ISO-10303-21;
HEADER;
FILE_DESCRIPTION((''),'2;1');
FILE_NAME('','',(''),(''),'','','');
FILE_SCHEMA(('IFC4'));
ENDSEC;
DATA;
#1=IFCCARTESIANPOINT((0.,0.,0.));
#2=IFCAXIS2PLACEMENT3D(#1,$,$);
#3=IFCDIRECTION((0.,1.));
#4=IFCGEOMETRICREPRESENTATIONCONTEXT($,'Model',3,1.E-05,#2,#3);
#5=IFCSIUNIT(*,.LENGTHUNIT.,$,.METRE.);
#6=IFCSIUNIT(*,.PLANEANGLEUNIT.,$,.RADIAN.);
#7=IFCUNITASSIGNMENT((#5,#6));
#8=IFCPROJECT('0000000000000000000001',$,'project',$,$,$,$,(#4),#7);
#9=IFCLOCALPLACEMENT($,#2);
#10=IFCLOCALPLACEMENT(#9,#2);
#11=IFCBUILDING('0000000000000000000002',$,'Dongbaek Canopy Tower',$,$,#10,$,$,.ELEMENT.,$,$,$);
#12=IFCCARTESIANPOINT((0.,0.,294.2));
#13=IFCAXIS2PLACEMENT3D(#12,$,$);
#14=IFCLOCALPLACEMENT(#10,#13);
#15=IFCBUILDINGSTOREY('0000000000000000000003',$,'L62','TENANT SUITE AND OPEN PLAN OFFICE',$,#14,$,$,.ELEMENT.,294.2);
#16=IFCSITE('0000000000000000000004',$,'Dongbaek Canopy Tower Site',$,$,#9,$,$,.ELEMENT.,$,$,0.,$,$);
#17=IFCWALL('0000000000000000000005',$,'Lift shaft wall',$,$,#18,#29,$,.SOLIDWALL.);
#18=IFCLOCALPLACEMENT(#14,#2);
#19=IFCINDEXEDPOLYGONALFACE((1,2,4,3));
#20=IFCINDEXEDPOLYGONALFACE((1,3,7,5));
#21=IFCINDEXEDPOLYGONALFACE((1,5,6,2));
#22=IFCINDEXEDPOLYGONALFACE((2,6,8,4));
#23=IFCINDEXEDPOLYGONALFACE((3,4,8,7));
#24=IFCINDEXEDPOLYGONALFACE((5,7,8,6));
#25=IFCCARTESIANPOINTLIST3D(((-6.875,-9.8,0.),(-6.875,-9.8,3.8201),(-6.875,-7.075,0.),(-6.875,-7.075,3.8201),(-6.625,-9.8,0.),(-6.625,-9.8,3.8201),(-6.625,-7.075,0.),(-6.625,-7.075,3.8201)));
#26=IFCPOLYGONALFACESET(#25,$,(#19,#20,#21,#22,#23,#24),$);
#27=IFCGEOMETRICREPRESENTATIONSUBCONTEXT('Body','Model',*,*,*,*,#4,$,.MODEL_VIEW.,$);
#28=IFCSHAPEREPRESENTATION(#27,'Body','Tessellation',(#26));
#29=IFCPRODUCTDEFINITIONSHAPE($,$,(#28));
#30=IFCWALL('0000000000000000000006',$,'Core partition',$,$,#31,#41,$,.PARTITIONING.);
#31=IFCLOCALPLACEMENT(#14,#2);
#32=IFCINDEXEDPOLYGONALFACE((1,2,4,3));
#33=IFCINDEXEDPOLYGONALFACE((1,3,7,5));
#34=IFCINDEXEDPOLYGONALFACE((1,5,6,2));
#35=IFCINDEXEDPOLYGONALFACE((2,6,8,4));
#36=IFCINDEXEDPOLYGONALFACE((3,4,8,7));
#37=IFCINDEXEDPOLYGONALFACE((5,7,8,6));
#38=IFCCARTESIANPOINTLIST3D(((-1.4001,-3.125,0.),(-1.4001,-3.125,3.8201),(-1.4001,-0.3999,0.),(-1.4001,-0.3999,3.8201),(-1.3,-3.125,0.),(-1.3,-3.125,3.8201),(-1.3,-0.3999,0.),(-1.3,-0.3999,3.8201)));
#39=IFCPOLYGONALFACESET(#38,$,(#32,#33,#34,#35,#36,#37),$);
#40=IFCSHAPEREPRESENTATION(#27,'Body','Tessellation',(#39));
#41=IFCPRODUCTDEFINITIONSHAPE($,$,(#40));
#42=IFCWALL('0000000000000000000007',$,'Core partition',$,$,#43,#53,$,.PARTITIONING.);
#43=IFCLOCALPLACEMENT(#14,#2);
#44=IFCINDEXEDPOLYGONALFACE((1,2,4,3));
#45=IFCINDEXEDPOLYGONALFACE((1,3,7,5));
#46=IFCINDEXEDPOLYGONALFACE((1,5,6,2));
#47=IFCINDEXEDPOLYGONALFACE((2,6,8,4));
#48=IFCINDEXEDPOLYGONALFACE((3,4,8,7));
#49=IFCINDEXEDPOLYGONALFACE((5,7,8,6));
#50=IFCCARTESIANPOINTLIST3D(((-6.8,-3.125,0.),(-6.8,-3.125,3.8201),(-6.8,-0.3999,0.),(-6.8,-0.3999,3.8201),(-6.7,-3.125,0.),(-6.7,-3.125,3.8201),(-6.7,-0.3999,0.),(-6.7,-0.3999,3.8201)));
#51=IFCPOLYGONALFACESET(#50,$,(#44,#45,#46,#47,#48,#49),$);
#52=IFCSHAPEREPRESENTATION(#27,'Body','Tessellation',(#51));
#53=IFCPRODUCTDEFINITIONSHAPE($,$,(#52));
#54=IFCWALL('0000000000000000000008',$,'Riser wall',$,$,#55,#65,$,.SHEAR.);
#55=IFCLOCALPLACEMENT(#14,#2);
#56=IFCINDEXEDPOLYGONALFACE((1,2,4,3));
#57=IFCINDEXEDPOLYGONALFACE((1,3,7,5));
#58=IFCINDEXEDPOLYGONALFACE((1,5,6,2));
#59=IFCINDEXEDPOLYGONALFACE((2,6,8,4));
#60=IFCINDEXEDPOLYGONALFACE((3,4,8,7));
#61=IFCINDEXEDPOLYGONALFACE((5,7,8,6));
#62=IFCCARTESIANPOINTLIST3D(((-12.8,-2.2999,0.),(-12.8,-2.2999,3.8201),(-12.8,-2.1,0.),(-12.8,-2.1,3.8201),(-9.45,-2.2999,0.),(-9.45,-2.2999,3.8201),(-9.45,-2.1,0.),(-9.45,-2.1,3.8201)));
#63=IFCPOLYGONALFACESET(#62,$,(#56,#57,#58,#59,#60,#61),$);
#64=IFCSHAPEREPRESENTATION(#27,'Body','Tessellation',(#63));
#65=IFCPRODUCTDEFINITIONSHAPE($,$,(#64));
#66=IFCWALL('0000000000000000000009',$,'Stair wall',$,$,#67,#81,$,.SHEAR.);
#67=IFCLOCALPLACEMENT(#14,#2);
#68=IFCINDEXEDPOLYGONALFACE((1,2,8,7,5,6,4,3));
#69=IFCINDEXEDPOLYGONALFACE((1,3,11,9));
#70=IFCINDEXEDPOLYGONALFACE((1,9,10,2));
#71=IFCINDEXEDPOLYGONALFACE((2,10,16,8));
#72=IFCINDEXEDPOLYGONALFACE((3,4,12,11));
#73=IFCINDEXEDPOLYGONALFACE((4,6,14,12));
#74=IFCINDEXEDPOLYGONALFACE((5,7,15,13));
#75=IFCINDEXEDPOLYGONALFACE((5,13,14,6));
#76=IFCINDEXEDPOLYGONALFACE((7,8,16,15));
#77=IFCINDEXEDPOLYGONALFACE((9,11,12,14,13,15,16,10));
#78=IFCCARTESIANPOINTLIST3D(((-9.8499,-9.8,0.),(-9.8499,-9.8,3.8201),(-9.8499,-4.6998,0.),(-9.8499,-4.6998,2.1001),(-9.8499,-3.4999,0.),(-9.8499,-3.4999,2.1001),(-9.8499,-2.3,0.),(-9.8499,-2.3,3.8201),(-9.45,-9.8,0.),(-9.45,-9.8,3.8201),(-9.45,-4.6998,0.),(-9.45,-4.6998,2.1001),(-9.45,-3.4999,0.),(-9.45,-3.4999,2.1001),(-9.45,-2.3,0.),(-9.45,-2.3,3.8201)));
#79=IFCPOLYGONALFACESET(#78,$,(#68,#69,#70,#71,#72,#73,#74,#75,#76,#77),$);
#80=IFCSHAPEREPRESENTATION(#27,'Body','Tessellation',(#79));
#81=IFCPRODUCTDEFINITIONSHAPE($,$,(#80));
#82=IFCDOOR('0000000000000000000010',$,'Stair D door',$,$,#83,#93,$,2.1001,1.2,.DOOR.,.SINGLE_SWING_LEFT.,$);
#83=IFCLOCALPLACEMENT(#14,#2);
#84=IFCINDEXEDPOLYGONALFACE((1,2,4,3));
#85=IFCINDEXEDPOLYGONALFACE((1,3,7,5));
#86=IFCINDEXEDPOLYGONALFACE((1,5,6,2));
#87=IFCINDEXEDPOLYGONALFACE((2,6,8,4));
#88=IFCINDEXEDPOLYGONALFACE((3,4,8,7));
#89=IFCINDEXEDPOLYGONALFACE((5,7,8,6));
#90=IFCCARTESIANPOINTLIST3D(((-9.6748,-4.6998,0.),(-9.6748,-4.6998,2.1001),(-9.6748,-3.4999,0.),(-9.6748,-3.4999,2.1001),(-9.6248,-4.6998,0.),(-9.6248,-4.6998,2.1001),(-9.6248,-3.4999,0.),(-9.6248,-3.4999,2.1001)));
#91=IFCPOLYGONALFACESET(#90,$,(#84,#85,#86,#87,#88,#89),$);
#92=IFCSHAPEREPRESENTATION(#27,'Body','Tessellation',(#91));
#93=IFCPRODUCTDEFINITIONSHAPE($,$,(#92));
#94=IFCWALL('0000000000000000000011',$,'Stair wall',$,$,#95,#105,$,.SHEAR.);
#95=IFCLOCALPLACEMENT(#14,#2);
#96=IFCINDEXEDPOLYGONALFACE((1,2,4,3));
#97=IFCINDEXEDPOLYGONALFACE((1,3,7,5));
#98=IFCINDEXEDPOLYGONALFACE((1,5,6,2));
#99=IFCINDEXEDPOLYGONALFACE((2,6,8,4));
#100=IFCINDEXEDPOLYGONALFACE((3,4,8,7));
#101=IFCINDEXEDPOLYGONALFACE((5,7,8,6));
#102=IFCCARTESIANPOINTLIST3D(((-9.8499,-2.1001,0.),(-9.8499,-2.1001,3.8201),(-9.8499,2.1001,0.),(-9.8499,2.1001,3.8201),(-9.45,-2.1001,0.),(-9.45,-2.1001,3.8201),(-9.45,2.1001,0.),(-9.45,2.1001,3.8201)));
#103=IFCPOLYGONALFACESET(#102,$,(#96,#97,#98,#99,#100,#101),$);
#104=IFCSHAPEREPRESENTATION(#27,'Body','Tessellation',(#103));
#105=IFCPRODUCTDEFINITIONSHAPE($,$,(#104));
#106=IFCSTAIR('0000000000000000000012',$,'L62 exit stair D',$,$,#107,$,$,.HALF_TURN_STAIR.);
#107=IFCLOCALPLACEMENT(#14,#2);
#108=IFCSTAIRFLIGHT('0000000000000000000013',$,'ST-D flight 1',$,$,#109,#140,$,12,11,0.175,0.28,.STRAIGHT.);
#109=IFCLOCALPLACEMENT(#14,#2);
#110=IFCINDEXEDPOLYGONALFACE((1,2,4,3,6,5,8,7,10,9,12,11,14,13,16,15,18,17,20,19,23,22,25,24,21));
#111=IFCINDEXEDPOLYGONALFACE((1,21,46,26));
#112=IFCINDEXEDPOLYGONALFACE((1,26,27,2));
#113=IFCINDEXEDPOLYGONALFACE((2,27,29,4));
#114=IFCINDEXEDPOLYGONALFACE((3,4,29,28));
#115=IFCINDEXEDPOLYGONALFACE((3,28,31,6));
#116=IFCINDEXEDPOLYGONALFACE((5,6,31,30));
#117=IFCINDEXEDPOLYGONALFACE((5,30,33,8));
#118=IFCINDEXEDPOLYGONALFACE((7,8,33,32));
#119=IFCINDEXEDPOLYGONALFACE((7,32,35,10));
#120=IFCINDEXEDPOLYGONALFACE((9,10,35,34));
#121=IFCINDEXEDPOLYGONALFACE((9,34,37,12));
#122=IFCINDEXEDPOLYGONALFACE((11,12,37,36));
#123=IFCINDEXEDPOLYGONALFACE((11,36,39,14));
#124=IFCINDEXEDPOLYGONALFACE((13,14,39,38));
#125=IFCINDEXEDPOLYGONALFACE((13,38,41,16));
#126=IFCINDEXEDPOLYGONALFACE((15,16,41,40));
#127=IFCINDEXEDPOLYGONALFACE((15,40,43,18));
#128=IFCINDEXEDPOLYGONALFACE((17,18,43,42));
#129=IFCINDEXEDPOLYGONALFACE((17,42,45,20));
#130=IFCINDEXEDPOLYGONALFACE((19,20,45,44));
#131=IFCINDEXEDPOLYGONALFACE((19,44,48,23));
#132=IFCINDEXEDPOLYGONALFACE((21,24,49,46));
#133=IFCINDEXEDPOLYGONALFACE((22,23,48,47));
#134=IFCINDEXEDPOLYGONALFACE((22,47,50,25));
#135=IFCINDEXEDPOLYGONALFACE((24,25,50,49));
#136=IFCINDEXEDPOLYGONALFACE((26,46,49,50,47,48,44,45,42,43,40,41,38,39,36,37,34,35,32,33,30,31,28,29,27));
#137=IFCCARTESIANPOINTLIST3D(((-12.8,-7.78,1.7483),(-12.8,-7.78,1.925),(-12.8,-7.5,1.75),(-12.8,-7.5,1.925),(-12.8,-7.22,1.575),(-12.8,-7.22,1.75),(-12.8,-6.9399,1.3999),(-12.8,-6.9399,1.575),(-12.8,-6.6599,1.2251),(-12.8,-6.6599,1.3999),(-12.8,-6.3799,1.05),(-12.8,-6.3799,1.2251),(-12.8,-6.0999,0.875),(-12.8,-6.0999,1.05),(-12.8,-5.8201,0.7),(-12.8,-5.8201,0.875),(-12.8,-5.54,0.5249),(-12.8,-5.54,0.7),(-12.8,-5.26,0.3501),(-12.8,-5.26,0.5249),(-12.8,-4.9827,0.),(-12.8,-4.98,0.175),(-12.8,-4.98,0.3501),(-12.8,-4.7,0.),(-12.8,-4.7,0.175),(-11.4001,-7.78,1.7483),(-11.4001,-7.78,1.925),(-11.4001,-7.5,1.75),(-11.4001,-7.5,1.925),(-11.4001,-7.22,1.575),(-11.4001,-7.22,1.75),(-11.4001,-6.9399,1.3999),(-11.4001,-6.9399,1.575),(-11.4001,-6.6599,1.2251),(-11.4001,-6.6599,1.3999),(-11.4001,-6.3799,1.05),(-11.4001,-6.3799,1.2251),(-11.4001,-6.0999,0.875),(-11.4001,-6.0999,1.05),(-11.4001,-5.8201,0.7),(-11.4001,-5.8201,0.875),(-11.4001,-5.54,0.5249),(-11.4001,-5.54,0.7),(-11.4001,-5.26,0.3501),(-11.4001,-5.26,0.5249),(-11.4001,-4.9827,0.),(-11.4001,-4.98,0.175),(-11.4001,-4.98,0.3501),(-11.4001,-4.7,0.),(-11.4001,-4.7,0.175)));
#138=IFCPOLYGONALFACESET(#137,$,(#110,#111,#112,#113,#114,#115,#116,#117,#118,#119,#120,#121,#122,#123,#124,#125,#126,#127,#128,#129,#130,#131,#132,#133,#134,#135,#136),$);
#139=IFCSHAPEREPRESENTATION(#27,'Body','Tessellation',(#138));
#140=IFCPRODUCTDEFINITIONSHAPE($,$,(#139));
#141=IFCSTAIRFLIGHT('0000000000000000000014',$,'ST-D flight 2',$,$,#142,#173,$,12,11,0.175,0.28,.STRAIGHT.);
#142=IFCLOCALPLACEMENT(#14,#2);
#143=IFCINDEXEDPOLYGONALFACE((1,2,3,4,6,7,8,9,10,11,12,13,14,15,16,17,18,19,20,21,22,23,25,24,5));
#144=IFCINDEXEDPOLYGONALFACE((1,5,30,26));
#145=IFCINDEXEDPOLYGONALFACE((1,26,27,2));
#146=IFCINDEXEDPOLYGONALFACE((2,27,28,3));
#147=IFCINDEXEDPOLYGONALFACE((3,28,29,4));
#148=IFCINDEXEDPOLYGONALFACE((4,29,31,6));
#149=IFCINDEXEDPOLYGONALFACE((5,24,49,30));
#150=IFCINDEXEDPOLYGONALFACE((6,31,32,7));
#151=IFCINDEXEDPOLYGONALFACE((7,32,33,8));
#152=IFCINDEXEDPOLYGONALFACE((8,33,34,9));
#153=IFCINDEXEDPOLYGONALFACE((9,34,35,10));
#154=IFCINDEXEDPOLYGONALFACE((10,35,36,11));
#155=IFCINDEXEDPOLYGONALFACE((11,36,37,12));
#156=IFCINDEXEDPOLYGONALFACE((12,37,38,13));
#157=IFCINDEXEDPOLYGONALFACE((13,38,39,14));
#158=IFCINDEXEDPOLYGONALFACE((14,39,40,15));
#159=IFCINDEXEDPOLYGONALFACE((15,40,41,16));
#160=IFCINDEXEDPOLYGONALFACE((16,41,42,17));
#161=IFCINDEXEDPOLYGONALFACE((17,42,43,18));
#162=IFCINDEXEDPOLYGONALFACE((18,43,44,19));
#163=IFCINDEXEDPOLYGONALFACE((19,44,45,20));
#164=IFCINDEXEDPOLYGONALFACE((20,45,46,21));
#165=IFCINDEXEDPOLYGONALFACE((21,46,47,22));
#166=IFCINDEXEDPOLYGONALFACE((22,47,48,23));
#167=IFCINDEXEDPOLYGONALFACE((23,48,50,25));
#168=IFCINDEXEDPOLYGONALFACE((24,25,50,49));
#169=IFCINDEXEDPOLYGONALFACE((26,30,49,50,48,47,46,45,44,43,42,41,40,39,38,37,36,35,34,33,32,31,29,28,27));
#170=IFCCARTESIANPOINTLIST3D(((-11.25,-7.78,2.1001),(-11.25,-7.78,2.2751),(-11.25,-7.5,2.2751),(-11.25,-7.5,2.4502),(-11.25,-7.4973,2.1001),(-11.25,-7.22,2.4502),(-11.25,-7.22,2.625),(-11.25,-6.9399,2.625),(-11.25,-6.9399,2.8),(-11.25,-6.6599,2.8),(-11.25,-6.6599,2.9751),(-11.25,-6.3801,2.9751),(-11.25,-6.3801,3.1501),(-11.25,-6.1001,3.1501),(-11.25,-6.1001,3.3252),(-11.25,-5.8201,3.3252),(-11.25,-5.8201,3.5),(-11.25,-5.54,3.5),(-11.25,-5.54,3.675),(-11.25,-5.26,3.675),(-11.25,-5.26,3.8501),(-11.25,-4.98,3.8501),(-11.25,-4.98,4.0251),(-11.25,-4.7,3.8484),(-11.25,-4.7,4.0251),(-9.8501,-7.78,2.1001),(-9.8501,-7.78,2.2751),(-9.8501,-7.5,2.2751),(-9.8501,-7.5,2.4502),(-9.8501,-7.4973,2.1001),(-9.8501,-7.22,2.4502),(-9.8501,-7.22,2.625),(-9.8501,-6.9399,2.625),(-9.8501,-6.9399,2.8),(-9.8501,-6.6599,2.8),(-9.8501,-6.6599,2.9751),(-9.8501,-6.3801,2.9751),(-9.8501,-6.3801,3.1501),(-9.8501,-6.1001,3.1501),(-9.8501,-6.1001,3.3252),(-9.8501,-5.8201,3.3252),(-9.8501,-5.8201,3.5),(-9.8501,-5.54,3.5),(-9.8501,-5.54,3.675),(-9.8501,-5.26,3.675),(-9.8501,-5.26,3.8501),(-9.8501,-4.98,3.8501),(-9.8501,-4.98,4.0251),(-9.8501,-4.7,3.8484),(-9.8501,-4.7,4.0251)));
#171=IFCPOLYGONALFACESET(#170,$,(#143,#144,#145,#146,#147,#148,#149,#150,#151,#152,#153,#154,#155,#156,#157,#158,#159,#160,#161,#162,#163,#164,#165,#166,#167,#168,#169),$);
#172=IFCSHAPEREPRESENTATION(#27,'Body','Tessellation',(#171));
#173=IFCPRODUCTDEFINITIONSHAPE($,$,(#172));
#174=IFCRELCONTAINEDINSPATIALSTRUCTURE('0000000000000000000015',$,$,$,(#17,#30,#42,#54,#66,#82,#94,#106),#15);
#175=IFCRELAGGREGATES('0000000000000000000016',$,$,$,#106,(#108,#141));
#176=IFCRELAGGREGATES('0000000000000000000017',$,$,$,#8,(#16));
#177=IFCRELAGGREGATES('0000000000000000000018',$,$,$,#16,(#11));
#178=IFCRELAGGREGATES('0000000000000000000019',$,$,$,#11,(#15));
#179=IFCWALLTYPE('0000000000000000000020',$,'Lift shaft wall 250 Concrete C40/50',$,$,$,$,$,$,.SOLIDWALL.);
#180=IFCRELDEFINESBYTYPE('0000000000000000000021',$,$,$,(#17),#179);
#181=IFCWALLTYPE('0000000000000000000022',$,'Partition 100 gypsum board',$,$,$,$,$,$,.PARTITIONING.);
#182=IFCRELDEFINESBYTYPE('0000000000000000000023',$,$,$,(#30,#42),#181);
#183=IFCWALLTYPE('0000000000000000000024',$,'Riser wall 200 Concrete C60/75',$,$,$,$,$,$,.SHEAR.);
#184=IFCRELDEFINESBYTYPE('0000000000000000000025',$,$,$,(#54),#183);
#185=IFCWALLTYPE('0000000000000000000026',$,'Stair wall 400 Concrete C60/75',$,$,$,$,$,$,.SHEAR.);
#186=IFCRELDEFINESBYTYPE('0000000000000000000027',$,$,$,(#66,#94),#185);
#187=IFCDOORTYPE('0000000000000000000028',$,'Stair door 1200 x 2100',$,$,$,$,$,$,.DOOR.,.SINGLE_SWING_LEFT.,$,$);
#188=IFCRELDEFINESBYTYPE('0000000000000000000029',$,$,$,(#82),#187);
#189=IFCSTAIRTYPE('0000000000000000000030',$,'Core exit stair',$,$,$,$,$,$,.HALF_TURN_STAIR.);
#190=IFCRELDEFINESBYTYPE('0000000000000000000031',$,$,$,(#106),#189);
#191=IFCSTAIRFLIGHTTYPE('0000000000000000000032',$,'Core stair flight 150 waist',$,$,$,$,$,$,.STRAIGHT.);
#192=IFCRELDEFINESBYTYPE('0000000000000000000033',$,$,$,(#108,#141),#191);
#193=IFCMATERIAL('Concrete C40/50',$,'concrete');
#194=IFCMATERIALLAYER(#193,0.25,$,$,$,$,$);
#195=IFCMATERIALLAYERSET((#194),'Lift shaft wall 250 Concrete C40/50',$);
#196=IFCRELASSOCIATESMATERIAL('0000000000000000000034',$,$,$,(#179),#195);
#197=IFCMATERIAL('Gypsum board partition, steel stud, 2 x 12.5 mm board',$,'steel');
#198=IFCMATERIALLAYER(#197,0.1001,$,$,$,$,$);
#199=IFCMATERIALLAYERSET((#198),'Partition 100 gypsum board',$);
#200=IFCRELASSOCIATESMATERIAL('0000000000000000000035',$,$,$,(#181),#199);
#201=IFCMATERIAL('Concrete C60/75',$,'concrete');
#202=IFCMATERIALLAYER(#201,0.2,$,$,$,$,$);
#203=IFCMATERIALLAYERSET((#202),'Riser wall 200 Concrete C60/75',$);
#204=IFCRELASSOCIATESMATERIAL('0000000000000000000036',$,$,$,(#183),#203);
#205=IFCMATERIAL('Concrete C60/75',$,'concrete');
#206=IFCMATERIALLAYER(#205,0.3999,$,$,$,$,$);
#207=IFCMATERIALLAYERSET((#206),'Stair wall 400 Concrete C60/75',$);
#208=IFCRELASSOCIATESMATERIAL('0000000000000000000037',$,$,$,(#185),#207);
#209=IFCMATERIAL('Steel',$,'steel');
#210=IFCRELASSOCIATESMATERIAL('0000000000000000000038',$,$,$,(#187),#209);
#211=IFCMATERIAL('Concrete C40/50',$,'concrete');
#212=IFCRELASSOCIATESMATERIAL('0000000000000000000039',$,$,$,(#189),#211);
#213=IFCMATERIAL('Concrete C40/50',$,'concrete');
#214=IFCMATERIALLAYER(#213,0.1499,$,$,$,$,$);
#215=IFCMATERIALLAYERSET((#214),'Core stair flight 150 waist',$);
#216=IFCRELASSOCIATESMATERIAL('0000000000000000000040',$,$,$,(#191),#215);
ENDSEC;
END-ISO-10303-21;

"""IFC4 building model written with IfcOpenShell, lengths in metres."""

from ifc_helpers import new_model, si_unit, direction, frame, frame_2d, origin, place, context, subcontext, project, spatial, polyline, rectangle, outline, extrude, material, layer, layer_set, type_object, element, fill, aggregate, save


model = new_model("IFC4")

# Units and contexts
model_context = context("Model", 3, precision=1e-05, world=origin(), true_north=direction((0.0, 1.0)))
body_context = subcontext(model_context, "Body", "Model", "MODEL_VIEW")
ifc_project = project(units=[si_unit("LENGTHUNIT", "METRE"), si_unit("PLANEANGLEUNIT", "RADIAN")], contexts=[model_context])

# Site, building, storey
site_placement = place(None, origin())
site = spatial("IfcSite", under=ifc_project, at=site_placement, Name="Dongbaek Canopy Tower Site", CompositionType="ELEMENT", RefElevation=0.0)
building_placement = place(site_placement, origin())
building = spatial("IfcBuilding", under=site, at=building_placement, Name="Dongbaek Canopy Tower", CompositionType="ELEMENT")
storey_placement = place(building_placement, frame((0.0, 0.0, 294.2)))
storey = spatial("IfcBuildingStorey", under=building, at=storey_placement, Name="L62", Description="TENANT SUITE AND OPEN PLAN OFFICE", CompositionType="ELEMENT", Elevation=294.2)

# Walls
ifc_material_1 = material(Name="Concrete C40/50", Category="concrete")
ifc_layer_1 = layer(ifc_material_1, 0.25)
ifc_layer_set_1 = layer_set([ifc_layer_1], Name="Lift shaft wall 250 Concrete C40/50")
wall_type_1 = type_object("IfcWallType", Name="Lift shaft wall 250 Concrete C40/50", PredefinedType="SOLIDWALL", material=ifc_layer_set_1)
for number, where, z_axis, x_axis, name in (
    (1, (-6.75, -9.8, 0.0), (0.0, 0.0, 1.0), (0.0, 1.0, 0.0), "Lift shaft wall"),
):
    element("IfcWall", number, at=place(storey_placement, frame(where, z_axis=z_axis, x_axis=x_axis)), inside=storey, type_object=wall_type_1, Name=name, PredefinedType="SOLIDWALL", context=body_context, shape_type="SweptSolid", body=[
        extrude(rectangle(XDim=2.7251, YDim=0.25, at=frame_2d((1.3625, 0.0))), origin(), (0.0, 0.0, 1.0), 3.8201),
    ])
ifc_material_2 = material(Name="Gypsum board partition, steel stud, 2 x 12.5 mm board", Category="steel")
ifc_layer_2 = layer(ifc_material_2, 0.1001)
ifc_layer_set_2 = layer_set([ifc_layer_2], Name="Partition 100 gypsum board")
wall_type_2 = type_object("IfcWallType", Name="Partition 100 gypsum board", PredefinedType="PARTITIONING", material=ifc_layer_set_2)
for number, where, z_axis, x_axis, name in (
    (2, (-1.3501, -3.125, 0.0), (0.0, 0.0, 1.0), (0.0, 1.0, 0.0), "Core partition"),
    (3, (-6.75, -3.125, 0.0), (0.0, 0.0, 1.0), (0.0, 1.0, 0.0), "Core partition"),
):
    element("IfcWall", number, at=place(storey_placement, frame(where, z_axis=z_axis, x_axis=x_axis)), inside=storey, type_object=wall_type_2, Name=name, PredefinedType="PARTITIONING", context=body_context, shape_type="SweptSolid", body=[
        extrude(rectangle(XDim=2.7251, YDim=0.1001, at=frame_2d((1.3625, 0.0))), origin(), (0.0, 0.0, 1.0), 3.8201),
    ])
ifc_material_3 = material(Name="Concrete C60/75", Category="concrete")
ifc_layer_3 = layer(ifc_material_3, 0.2)
ifc_layer_set_3 = layer_set([ifc_layer_3], Name="Riser wall 200 Concrete C60/75")
wall_type_3 = type_object("IfcWallType", Name="Riser wall 200 Concrete C60/75", PredefinedType="SHEAR", material=ifc_layer_set_3)
wall_1_placement = place(storey_placement, frame((-9.45, -2.2, 0.0), z_axis=(0.0, 0.0, 1.0), x_axis=(-1.0, 0.0, 0.0)))
element("IfcWall", 4, at=wall_1_placement, inside=storey, type_object=wall_type_3, Name="Riser wall", PredefinedType="SHEAR", context=body_context, shape_type="SweptSolid", body=[
    extrude(rectangle(XDim=3.3501, YDim=0.2, at=frame_2d((1.675, 0.0))), origin(), (0.0, 0.0, 1.0), 3.8201),
])

# Wall, opening, door
ifc_material_4 = material(Name="Concrete C60/75", Category="concrete")
ifc_layer_4 = layer(ifc_material_4, 0.3999)
ifc_layer_set_4 = layer_set([ifc_layer_4], Name="Stair wall 400 Concrete C60/75")
wall_type_4 = type_object("IfcWallType", Name="Stair wall 400 Concrete C60/75", PredefinedType="SHEAR", material=ifc_layer_set_4)
wall_2_placement = place(storey_placement, frame((-9.6499, -9.8, 0.0), z_axis=(0.0, 0.0, 1.0), x_axis=(0.0, 1.0, 0.0)))
wall_2 = element("IfcWall", 5, at=wall_2_placement, inside=storey, type_object=wall_type_4, Name="Stair wall", PredefinedType="SHEAR", context=body_context, shape_type="SweptSolid", body=[
    extrude(rectangle(XDim=7.5, YDim=0.3999, at=frame_2d((3.75, 0.0))), origin(), (0.0, 0.0, 1.0), 3.8201),
])
opening_1_placement = place(wall_2_placement, frame((5.1001, 0.0, 0.0)))
opening_1 = element("IfcOpeningElement", 6, at=opening_1_placement, cuts=wall_2, PredefinedType="OPENING", context=body_context, shape_type="SweptSolid", body=[
    extrude(rectangle(XDim=1.2, YDim=2.1001, at=frame_2d((0.6001, 1.05))), frame((0.0, 0.21, 0.0), z_axis=(0.0, -1.0, 0.0), x_axis=(1.0, 0.0, 0.0)), (0.0, 0.0, 1.0), 0.4199),
])
ifc_material_5 = material(Name="Steel", Category="steel")
door_type_1 = type_object("IfcDoorType", Name="Stair door 1200 x 2100", OperationType="SINGLE_SWING_LEFT", PredefinedType="DOOR", material=ifc_material_5)
door_1_placement = place(opening_1_placement, origin())
door_1 = element("IfcDoor", 7, at=door_1_placement, inside=storey, type_object=door_type_1, Name="Stair D door", OperationType="SINGLE_SWING_LEFT", OverallHeight=2.1001, OverallWidth=1.2, PredefinedType="DOOR", context=body_context, shape_type="SweptSolid", body=[
    extrude(rectangle(XDim=1.2, YDim=2.1001, at=frame_2d((0.6001, 1.05))), frame((0.0, 0.0249, 0.0), z_axis=(0.0, -1.0, 0.0), x_axis=(1.0, 0.0, 0.0)), (0.0, 0.0, 1.0), 0.05),
])
fill(opening_1, door_1)

# Wall
wall_3_placement = place(storey_placement, frame((-9.6499, -2.1001, 0.0), z_axis=(0.0, 0.0, 1.0), x_axis=(0.0, 1.0, 0.0)))
element("IfcWall", 8, at=wall_3_placement, inside=storey, type_object=wall_type_4, Name="Stair wall", PredefinedType="SHEAR", context=body_context, shape_type="SweptSolid", body=[
    extrude(rectangle(XDim=4.2002, YDim=0.3999, at=frame_2d((2.1001, 0.0))), origin(), (0.0, 0.0, 1.0), 3.8201),
])

# Stair, stair flights
ifc_material_6 = material(Name="Concrete C40/50", Category="concrete")
stair_type = type_object("IfcStairType", Name="Core exit stair", PredefinedType="HALF_TURN_STAIR", material=ifc_material_6)
stair_placement = place(storey_placement, origin())
stair = element("IfcStair", 9, at=stair_placement, inside=storey, type_object=stair_type, Name="L62 exit stair D", PredefinedType="HALF_TURN_STAIR")
ifc_material_7 = material(Name="Concrete C40/50", Category="concrete")
ifc_layer_5 = layer(ifc_material_7, 0.1499)
ifc_layer_set_5 = layer_set([ifc_layer_5], Name="Core stair flight 150 waist")
stair_flight_type = type_object("IfcStairFlightType", Name="Core stair flight 150 waist", PredefinedType="STRAIGHT", material=ifc_layer_set_5)
stair_flight_1_placement = place(storey_placement, frame((-12.1001, -4.7, 0.0), z_axis=(0.0, 0.0, 1.0), x_axis=(0.0, -1.0, 0.0)))
stair_flight_1 = element("IfcStairFlight", 10, at=stair_flight_1_placement, type_object=stair_flight_type, Name="ST-D flight 1", NumberOfRisers=12, NumberOfTreads=11, PredefinedType="STRAIGHT", RiserHeight=0.175, TreadLength=0.28, context=body_context, shape_type="SweptSolid", body=[
    extrude(outline(polyline([(0.0, 0.0), (0.0, 0.175), (0.28, 0.175), (0.28, 0.3501), (0.5601, 0.3501), (0.5601, 0.5249), (0.8401, 0.5249), (0.8401, 0.7), (1.1201, 0.7), (1.1201, 0.875), (1.3999, 0.875), (1.3999, 1.05), (1.6799, 1.05), (1.6799, 1.2251), (1.96, 1.2251), (1.96, 1.3999), (2.24, 1.3999), (2.24, 1.575), (2.52, 1.575), (2.52, 1.75), (2.8, 1.75), (2.8, 1.925), (3.0801, 1.925), (3.0801, 2.1001), (3.0801, 1.7483), (0.2827, 0.0), (0.0, 0.0)])), frame((0.0, 0.7, 0.0), z_axis=(0.0, -1.0, 0.0), x_axis=(1.0, 0.0, 0.0)), (0.0, 0.0, 1.0), 1.3999),
])
stair_flight_2_placement = place(storey_placement, frame((-10.55, -7.78, 2.1001), z_axis=(0.0, 0.0, 1.0), x_axis=(0.0, 1.0, 0.0)))
stair_flight_2 = element("IfcStairFlight", 11, at=stair_flight_2_placement, type_object=stair_flight_type, Name="ST-D flight 2", NumberOfRisers=12, NumberOfTreads=11, PredefinedType="STRAIGHT", RiserHeight=0.175, TreadLength=0.28, context=body_context, shape_type="SweptSolid", body=[
    extrude(outline(polyline([(0.0, 0.0), (0.0, 0.175), (0.28, 0.175), (0.28, 0.3501), (0.5601, 0.3501), (0.5601, 0.5249), (0.8401, 0.5249), (0.8401, 0.7), (1.1201, 0.7), (1.1201, 0.875), (1.3999, 0.875), (1.3999, 1.05), (1.6799, 1.05), (1.6799, 1.2251), (1.96, 1.2251), (1.96, 1.3999), (2.24, 1.3999), (2.24, 1.575), (2.52, 1.575), (2.52, 1.75), (2.8, 1.75), (2.8, 1.925), (3.0801, 1.925), (3.0801, 2.1001), (3.0801, 1.7483), (0.2827, 0.0), (0.0, 0.0)])), frame((0.0, 0.7, 0.0), z_axis=(0.0, -1.0, 0.0), x_axis=(1.0, 0.0, 0.0)), (0.0, 0.0, 1.0), 1.3999),
])
aggregate(stair, [stair_flight_1, stair_flight_2])

save(model, "model.ifc")
